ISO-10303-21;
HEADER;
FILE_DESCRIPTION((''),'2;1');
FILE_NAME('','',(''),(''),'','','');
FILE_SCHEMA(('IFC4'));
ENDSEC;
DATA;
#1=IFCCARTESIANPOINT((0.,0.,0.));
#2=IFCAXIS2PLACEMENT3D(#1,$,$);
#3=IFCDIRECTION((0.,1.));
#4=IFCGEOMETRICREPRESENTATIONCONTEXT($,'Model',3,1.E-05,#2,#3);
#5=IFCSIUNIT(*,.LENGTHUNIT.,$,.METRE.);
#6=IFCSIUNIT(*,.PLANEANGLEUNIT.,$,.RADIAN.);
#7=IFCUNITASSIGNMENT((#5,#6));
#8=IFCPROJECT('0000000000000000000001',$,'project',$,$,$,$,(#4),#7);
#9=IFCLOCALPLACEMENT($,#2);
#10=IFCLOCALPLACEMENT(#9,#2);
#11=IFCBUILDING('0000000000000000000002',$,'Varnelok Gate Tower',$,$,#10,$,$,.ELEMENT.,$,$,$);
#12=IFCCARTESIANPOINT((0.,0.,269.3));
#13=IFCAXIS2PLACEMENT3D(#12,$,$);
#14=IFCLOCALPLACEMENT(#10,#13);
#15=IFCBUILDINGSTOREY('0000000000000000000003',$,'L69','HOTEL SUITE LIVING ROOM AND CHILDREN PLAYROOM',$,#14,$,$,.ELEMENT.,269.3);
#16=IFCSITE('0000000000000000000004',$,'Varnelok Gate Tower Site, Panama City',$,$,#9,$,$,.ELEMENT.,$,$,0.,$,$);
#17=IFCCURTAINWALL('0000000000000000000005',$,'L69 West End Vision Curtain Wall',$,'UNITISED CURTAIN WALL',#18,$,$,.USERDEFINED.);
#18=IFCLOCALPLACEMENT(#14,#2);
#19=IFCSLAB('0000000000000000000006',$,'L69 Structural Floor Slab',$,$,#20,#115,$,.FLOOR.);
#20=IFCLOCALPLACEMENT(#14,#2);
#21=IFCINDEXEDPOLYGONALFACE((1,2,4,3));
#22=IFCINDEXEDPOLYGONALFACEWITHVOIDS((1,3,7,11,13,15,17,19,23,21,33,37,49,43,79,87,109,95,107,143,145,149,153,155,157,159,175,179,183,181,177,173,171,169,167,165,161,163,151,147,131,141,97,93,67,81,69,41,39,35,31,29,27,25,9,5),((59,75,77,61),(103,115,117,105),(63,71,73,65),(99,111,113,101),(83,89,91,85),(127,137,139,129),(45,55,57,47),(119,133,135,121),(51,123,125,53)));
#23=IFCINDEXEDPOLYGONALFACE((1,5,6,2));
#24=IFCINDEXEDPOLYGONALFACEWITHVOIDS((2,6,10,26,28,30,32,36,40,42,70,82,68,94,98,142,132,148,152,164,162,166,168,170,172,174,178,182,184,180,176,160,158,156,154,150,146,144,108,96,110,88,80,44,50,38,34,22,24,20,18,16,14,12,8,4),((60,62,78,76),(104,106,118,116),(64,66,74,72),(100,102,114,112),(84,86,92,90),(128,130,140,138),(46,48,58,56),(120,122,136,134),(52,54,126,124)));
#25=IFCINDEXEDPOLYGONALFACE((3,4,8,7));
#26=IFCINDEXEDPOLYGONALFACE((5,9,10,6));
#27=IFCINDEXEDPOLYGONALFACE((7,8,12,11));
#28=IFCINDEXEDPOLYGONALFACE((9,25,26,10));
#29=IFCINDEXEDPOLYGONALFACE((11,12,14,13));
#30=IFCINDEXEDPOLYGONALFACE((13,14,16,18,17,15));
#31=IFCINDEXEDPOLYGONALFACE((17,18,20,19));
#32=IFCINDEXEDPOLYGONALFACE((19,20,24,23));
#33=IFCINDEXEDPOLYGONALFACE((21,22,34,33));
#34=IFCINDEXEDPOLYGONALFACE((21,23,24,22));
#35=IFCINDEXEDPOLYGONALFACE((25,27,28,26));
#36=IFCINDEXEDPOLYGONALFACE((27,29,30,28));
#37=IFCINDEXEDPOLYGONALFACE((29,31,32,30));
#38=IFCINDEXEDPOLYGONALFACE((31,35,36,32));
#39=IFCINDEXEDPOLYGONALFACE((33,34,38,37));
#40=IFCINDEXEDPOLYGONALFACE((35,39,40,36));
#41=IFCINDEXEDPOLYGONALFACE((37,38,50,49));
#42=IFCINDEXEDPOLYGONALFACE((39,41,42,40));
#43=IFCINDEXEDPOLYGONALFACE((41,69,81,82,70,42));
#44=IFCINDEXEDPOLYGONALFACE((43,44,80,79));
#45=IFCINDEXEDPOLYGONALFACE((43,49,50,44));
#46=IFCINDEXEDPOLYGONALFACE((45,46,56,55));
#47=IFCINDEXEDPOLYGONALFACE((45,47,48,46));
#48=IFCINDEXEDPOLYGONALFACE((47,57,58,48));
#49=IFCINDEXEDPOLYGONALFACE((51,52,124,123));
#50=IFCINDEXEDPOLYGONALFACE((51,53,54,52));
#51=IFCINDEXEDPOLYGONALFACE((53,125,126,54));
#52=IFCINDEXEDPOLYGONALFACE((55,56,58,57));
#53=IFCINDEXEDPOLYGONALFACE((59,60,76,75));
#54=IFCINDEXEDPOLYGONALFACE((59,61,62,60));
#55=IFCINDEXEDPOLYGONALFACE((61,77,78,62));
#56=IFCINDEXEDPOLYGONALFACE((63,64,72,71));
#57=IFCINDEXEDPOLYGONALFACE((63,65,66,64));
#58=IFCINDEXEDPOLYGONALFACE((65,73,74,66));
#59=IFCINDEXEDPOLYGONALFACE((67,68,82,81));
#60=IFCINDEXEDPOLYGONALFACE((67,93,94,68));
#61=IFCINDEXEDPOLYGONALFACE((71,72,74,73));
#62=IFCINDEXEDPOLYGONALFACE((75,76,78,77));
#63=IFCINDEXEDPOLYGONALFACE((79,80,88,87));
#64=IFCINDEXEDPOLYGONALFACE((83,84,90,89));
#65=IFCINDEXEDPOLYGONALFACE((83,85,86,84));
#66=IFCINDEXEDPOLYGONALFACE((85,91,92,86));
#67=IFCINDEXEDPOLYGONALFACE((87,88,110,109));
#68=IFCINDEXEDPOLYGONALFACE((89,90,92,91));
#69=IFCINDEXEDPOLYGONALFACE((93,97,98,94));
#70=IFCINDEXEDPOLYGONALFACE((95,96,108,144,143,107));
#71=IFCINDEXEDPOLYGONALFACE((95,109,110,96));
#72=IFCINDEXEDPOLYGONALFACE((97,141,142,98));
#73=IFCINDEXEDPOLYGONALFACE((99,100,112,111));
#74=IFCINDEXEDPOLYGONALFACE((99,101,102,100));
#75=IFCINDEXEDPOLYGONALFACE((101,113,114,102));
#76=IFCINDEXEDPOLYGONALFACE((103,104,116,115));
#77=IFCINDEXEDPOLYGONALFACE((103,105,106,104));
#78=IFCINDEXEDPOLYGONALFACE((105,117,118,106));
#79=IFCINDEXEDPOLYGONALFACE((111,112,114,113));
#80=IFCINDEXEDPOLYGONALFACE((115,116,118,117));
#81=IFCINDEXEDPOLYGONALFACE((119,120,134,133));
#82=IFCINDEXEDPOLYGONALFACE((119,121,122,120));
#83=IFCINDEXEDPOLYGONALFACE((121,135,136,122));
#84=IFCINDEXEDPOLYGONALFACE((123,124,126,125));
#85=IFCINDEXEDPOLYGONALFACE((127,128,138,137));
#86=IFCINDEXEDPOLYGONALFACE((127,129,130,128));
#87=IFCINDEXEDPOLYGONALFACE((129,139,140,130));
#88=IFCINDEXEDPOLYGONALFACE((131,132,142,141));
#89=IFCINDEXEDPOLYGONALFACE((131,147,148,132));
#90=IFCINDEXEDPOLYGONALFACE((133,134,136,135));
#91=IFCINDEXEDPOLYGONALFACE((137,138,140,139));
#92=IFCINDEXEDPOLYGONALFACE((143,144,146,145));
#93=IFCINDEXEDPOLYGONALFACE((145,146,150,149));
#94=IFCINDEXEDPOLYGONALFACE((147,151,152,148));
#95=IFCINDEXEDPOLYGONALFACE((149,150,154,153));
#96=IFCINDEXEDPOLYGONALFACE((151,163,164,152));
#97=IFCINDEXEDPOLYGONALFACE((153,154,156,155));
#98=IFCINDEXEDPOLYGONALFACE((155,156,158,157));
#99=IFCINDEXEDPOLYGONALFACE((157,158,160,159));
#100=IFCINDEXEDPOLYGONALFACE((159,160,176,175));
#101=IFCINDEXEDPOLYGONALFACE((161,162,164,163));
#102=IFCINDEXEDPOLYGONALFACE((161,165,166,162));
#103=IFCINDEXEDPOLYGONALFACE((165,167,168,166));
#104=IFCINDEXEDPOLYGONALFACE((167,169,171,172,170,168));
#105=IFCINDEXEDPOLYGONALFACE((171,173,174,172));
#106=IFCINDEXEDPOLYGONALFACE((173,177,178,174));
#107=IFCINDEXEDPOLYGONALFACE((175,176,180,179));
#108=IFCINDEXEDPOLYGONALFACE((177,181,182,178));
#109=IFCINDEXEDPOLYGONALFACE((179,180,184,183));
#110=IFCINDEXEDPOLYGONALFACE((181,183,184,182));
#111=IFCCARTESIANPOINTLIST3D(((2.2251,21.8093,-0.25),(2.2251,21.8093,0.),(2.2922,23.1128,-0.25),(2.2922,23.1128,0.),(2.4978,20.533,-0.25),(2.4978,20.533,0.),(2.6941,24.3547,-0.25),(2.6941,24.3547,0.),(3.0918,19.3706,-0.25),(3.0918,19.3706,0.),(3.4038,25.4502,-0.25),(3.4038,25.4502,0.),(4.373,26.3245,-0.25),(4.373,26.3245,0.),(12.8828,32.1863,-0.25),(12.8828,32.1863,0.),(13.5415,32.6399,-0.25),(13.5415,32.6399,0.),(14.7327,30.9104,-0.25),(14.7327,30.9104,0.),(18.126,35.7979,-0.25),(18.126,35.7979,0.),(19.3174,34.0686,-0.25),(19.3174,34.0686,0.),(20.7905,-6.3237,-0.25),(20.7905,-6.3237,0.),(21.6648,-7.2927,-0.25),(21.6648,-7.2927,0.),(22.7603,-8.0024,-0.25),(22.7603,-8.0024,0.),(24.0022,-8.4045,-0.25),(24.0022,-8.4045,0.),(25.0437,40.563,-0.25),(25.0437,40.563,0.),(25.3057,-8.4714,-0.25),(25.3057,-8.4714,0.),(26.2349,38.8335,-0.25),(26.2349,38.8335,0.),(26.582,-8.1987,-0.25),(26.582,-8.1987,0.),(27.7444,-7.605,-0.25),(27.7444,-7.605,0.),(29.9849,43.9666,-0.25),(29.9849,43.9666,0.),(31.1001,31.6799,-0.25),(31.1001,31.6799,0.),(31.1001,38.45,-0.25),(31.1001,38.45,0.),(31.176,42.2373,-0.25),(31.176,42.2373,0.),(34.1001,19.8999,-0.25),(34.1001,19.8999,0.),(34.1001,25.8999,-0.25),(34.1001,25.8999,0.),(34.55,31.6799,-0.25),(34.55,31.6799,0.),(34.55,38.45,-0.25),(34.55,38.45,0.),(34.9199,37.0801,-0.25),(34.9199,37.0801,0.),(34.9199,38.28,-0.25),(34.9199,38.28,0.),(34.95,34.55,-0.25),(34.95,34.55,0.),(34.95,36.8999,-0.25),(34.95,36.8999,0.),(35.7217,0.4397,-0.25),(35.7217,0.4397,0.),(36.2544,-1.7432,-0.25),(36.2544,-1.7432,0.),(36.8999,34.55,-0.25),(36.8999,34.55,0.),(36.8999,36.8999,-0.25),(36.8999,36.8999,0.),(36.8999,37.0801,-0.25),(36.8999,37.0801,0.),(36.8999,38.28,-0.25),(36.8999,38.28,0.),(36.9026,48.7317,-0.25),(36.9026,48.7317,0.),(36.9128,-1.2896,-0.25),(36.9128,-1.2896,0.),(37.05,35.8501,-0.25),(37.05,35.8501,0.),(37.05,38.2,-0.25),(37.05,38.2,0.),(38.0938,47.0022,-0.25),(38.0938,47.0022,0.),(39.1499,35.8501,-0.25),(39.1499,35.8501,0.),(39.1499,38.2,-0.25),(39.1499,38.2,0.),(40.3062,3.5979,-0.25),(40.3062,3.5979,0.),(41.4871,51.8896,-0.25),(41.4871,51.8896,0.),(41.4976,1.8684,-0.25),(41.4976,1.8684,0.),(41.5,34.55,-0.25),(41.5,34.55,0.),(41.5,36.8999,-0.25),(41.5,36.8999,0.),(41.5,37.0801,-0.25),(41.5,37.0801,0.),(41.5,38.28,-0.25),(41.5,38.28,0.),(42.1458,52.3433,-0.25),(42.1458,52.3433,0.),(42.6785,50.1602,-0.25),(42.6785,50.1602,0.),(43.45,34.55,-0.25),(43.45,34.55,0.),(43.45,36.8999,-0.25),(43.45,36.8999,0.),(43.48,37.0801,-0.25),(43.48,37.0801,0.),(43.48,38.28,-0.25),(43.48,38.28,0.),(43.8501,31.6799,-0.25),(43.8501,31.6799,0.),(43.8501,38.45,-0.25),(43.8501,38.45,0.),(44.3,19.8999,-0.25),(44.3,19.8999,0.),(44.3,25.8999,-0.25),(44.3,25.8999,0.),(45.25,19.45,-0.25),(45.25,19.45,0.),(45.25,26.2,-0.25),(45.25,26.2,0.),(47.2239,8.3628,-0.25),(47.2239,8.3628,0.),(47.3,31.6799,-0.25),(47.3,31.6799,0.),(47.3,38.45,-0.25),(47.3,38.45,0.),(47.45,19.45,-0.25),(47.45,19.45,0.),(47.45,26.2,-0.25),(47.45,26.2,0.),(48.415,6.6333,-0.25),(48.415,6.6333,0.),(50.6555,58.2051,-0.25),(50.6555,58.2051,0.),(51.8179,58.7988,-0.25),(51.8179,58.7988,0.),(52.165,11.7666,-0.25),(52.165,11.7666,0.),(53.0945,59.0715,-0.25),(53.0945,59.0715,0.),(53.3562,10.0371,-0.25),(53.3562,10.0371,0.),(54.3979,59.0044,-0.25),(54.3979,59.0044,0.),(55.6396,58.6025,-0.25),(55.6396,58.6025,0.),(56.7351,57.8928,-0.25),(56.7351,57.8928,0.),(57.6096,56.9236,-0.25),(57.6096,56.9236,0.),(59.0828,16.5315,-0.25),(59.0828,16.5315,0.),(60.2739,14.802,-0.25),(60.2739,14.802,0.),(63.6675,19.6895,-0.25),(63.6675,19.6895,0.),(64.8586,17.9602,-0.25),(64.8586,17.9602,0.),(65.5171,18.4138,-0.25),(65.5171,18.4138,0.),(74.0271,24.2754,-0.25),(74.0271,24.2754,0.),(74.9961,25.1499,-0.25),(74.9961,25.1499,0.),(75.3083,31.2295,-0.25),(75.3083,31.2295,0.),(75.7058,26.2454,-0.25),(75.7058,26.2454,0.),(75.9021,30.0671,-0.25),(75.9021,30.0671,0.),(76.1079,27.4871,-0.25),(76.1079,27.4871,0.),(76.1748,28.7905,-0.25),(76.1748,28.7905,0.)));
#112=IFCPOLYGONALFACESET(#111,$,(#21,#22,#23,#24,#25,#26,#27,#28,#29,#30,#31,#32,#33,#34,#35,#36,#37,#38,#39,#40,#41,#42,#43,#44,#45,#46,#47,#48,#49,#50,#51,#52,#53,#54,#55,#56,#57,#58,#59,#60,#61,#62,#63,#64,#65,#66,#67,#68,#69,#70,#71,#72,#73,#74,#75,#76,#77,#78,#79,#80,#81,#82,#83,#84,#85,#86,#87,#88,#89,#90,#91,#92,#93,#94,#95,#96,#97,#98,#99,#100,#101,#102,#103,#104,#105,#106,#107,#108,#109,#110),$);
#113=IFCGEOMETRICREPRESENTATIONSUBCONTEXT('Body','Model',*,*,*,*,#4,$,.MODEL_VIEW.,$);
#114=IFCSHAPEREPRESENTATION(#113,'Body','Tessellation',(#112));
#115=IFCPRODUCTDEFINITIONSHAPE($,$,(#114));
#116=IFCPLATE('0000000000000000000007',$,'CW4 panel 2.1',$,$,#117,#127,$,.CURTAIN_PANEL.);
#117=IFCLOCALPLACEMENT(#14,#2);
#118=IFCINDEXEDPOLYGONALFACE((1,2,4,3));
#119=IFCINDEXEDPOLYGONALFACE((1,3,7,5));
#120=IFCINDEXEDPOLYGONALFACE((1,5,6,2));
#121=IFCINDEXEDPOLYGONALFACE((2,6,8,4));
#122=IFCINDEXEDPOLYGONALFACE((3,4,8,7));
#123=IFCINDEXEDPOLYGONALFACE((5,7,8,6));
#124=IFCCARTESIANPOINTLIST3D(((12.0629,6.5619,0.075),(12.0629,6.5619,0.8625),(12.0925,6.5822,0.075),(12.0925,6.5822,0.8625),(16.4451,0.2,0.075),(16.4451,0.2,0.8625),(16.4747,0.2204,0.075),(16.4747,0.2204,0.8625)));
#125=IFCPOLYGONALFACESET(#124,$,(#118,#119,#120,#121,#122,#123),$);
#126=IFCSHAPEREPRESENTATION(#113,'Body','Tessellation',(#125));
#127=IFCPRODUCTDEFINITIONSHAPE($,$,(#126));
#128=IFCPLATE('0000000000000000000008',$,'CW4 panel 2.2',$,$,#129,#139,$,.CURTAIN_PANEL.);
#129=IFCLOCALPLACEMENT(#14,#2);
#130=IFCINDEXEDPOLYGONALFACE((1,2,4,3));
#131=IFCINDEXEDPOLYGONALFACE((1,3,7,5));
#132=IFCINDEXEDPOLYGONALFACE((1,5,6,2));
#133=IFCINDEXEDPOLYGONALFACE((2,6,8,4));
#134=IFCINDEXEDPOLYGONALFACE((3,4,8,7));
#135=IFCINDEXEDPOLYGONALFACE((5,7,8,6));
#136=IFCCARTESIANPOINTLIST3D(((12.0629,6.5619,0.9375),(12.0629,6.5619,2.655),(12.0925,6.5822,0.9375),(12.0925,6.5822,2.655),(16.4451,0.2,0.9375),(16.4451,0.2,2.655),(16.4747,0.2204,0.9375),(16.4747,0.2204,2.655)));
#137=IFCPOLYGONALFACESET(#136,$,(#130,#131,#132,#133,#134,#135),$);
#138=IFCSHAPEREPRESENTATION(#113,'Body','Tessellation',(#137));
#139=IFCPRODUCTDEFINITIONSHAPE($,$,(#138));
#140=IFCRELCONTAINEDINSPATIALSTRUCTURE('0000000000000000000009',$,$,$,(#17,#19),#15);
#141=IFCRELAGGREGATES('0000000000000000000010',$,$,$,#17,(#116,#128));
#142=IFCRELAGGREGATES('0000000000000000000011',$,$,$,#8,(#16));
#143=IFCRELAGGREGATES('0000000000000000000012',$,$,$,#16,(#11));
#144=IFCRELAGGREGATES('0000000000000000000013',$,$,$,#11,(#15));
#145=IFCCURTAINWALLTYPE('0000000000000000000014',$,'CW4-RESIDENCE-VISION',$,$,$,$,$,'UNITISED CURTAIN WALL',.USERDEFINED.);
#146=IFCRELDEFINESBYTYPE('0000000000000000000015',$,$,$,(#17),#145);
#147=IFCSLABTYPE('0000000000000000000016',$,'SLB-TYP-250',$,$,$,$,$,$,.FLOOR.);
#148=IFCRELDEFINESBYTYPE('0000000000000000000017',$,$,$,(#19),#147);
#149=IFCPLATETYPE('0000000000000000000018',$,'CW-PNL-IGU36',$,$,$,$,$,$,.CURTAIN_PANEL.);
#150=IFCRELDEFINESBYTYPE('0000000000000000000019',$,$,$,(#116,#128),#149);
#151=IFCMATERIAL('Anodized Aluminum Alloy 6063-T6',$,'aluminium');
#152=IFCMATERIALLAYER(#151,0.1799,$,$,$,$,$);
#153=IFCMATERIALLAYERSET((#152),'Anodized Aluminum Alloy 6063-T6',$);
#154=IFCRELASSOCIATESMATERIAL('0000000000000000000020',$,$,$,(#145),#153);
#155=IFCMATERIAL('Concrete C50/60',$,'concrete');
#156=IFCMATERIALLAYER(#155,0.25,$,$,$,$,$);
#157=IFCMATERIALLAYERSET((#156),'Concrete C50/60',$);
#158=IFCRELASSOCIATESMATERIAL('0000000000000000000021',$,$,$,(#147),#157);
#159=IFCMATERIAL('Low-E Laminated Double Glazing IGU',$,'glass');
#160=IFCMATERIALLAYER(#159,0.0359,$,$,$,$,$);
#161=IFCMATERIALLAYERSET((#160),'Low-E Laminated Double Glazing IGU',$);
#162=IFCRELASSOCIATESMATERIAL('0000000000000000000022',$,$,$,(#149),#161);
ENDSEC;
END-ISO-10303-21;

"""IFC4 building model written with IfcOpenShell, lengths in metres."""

from ifc_helpers import new_model, si_unit, direction, frame, origin, origin_2d, place, context, subcontext, project, spatial, polyline, rectangle, outline, extrude, source, transform, mapped, material, layer, layer_set, type_object, element, aggregate, save


model = new_model("IFC4")

# Units and contexts
model_context = context("Model", 3, precision=1e-05, world=origin(), true_north=direction((0.0, 1.0)))
body_context = subcontext(model_context, "Body", "Model", "MODEL_VIEW")
ifc_project = project(units=[si_unit("LENGTHUNIT", "METRE"), si_unit("PLANEANGLEUNIT", "RADIAN")], contexts=[model_context])

# Site, building, storey
site_placement = place(None, origin())
site = spatial("IfcSite", under=ifc_project, at=site_placement, Name="Varnelok Gate Tower Site, Panama City", CompositionType="ELEMENT", RefElevation=0.0)
building_placement = place(site_placement, origin())
building = spatial("IfcBuilding", under=site, at=building_placement, Name="Varnelok Gate Tower", CompositionType="ELEMENT")
storey_placement = place(building_placement, frame((0.0, 0.0, 269.3)))
storey = spatial("IfcBuildingStorey", under=building, at=storey_placement, Name="L69", Description="HOTEL SUITE LIVING ROOM AND CHILDREN PLAYROOM", CompositionType="ELEMENT", Elevation=269.3)

# Curtain wall
ifc_material_1 = material(Name="Anodized Aluminum Alloy 6063-T6", Category="aluminium")
ifc_layer_1 = layer(ifc_material_1, 0.1799)
ifc_layer_set_1 = layer_set([ifc_layer_1], Name="Anodized Aluminum Alloy 6063-T6")
curtain_wall_type = type_object("IfcCurtainWallType", Name="CW4-RESIDENCE-VISION", ElementType="UNITISED CURTAIN WALL", PredefinedType="USERDEFINED", material=ifc_layer_set_1)
curtain_wall_placement = place(storey_placement, origin())
curtain_wall = element("IfcCurtainWall", 1, at=curtain_wall_placement, inside=storey, type_object=curtain_wall_type, Name="L69 West End Vision Curtain Wall", ObjectType="UNITISED CURTAIN WALL", PredefinedType="USERDEFINED")

# Shared definitions
ifc_material_2 = material(Name="Concrete C50/60", Category="concrete")

# Slab
ifc_layer_2 = layer(ifc_material_2, 0.25)
ifc_layer_set_2 = layer_set([ifc_layer_2], Name="Concrete C50/60")
slab_type_1 = type_object("IfcSlabType", Name="SLB-TYP-250", PredefinedType="FLOOR", material=ifc_layer_set_2)
slab_1_placement = place(storey_placement, frame((0.0, 0.0, -0.25)))
element("IfcSlab", 2, at=slab_1_placement, inside=storey, type_object=slab_type_1, Name="L69 Structural Floor Slab", PredefinedType="FLOOR", context=body_context, shape_type="SweptSolid", body=[
    extrude(outline(polyline([(20.7905, -6.3237), (21.6648, -7.2927), (22.7603, -8.0024), (24.0022, -8.4045), (25.3057, -8.4714), (26.582, -8.1987), (27.7444, -7.605), (36.2544, -1.7432), (36.9128, -1.2896), (35.7217, 0.4397), (40.3062, 3.5979), (41.4976, 1.8684), (48.415, 6.6333), (47.2239, 8.3628), (52.165, 11.7666), (53.3562, 10.0371), (60.2739, 14.802), (59.0828, 16.5315), (63.6675, 19.6895), (64.8586, 17.9602), (65.5171, 18.4138), (74.0271, 24.2754), (74.9961, 25.1499), (75.7058, 26.2454), (76.1079, 27.4871), (76.1748, 28.7905), (75.9021, 30.0671), (75.3083, 31.2295), (57.6096, 56.9236), (56.7351, 57.8928), (55.6396, 58.6025), (54.3979, 59.0044), (53.0945, 59.0715), (51.8179, 58.7988), (50.6555, 58.2051), (42.1458, 52.3433), (41.4871, 51.8896), (42.6785, 50.1602), (38.0938, 47.0022), (36.9026, 48.7317), (29.9849, 43.9666), (31.176, 42.2373), (26.2349, 38.8335), (25.0437, 40.563), (18.126, 35.7979), (19.3174, 34.0686), (14.7327, 30.9104), (13.5415, 32.6399), (12.8828, 32.1863), (4.373, 26.3245), (3.4038, 25.4502), (2.6941, 24.3547), (2.2922, 23.1128), (2.2251, 21.8093), (2.4978, 20.533), (3.0918, 19.3706), (20.7905, -6.3237)]), holes=[polyline([(34.55, 31.6799), (34.55, 38.45), (31.1001, 38.45), (31.1001, 31.6799), (34.55, 31.6799)]), polyline([(47.3, 31.6799), (47.3, 38.45), (43.8501, 38.45), (43.8501, 31.6799), (47.3, 31.6799)]), polyline([(34.95, 34.55), (36.8999, 34.55), (36.8999, 36.8999), (34.95, 36.8999), (34.95, 34.55)]), polyline([(41.5, 34.55), (43.45, 34.55), (43.45, 36.8999), (41.5, 36.8999), (41.5, 34.55)]), polyline([(37.05, 35.8501), (39.1499, 35.8501), (39.1499, 38.2), (37.05, 38.2), (37.05, 35.8501)]), polyline([(45.25, 19.45), (47.45, 19.45), (47.45, 26.2), (45.25, 26.2), (45.25, 19.45)]), polyline([(34.9199, 37.0801), (36.8999, 37.0801), (36.8999, 38.28), (34.9199, 38.28), (34.9199, 37.0801)]), polyline([(41.5, 37.0801), (43.48, 37.0801), (43.48, 38.28), (41.5, 38.28), (41.5, 37.0801)]), polyline([(34.1001, 19.8999), (44.3, 19.8999), (44.3, 25.8999), (34.1001, 25.8999), (34.1001, 19.8999)])]), origin(), (0.0, 0.0, 1.0), 0.25),
])

# Plates
ifc_material_3 = material(Name="Low-E Laminated Double Glazing IGU", Category="glass")
ifc_layer_3 = layer(ifc_material_3, 0.0359)
ifc_layer_set_3 = layer_set([ifc_layer_3], Name="Low-E Laminated Double Glazing IGU")
plate_type = type_object("IfcPlateType", Name="CW-PNL-IGU36", PredefinedType="CURTAIN_PANEL", material=ifc_layer_set_3)
shared_shape_1 = source(origin(), body_context, "Body", "SweptSolid", [
    extrude(rectangle(XDim=7.7251, YDim=0.0359, at=origin_2d()), origin(), (0.0, 0.0, 1.0), 0.7876),
])
plate_1_placement = place(storey_placement, frame((14.2688, 3.3911, 0.075), z_axis=(0.0, 0.0, 1.0), x_axis=(-0.567269, 0.823532, 0.0)))
plate_1 = element("IfcPlate", 3, at=plate_1_placement, type_object=plate_type, Name="CW4 panel 2.1", PredefinedType="CURTAIN_PANEL", context=body_context, shape_type="MappedRepresentation", body=[
    mapped(shared_shape_1, transform((0.0, 0.0, 0.0), scale=1.0)),
])
shared_shape_2 = source(origin(), body_context, "Body", "SweptSolid", [
    extrude(rectangle(XDim=7.7251, YDim=0.0359, at=origin_2d()), origin(), (0.0, 0.0, 1.0), 1.7175),
])
plate_2_placement = place(storey_placement, frame((14.2688, 3.3911, 0.9375), z_axis=(0.0, 0.0, 1.0), x_axis=(-0.567269, 0.823532, 0.0)))
plate_2 = element("IfcPlate", 4, at=plate_2_placement, type_object=plate_type, Name="CW4 panel 2.2", PredefinedType="CURTAIN_PANEL", context=body_context, shape_type="MappedRepresentation", body=[
    mapped(shared_shape_2, transform((0.0, 0.0, 0.0), scale=1.0)),
])
aggregate(curtain_wall, [plate_1, plate_2])

save(model, "model.ifc")
